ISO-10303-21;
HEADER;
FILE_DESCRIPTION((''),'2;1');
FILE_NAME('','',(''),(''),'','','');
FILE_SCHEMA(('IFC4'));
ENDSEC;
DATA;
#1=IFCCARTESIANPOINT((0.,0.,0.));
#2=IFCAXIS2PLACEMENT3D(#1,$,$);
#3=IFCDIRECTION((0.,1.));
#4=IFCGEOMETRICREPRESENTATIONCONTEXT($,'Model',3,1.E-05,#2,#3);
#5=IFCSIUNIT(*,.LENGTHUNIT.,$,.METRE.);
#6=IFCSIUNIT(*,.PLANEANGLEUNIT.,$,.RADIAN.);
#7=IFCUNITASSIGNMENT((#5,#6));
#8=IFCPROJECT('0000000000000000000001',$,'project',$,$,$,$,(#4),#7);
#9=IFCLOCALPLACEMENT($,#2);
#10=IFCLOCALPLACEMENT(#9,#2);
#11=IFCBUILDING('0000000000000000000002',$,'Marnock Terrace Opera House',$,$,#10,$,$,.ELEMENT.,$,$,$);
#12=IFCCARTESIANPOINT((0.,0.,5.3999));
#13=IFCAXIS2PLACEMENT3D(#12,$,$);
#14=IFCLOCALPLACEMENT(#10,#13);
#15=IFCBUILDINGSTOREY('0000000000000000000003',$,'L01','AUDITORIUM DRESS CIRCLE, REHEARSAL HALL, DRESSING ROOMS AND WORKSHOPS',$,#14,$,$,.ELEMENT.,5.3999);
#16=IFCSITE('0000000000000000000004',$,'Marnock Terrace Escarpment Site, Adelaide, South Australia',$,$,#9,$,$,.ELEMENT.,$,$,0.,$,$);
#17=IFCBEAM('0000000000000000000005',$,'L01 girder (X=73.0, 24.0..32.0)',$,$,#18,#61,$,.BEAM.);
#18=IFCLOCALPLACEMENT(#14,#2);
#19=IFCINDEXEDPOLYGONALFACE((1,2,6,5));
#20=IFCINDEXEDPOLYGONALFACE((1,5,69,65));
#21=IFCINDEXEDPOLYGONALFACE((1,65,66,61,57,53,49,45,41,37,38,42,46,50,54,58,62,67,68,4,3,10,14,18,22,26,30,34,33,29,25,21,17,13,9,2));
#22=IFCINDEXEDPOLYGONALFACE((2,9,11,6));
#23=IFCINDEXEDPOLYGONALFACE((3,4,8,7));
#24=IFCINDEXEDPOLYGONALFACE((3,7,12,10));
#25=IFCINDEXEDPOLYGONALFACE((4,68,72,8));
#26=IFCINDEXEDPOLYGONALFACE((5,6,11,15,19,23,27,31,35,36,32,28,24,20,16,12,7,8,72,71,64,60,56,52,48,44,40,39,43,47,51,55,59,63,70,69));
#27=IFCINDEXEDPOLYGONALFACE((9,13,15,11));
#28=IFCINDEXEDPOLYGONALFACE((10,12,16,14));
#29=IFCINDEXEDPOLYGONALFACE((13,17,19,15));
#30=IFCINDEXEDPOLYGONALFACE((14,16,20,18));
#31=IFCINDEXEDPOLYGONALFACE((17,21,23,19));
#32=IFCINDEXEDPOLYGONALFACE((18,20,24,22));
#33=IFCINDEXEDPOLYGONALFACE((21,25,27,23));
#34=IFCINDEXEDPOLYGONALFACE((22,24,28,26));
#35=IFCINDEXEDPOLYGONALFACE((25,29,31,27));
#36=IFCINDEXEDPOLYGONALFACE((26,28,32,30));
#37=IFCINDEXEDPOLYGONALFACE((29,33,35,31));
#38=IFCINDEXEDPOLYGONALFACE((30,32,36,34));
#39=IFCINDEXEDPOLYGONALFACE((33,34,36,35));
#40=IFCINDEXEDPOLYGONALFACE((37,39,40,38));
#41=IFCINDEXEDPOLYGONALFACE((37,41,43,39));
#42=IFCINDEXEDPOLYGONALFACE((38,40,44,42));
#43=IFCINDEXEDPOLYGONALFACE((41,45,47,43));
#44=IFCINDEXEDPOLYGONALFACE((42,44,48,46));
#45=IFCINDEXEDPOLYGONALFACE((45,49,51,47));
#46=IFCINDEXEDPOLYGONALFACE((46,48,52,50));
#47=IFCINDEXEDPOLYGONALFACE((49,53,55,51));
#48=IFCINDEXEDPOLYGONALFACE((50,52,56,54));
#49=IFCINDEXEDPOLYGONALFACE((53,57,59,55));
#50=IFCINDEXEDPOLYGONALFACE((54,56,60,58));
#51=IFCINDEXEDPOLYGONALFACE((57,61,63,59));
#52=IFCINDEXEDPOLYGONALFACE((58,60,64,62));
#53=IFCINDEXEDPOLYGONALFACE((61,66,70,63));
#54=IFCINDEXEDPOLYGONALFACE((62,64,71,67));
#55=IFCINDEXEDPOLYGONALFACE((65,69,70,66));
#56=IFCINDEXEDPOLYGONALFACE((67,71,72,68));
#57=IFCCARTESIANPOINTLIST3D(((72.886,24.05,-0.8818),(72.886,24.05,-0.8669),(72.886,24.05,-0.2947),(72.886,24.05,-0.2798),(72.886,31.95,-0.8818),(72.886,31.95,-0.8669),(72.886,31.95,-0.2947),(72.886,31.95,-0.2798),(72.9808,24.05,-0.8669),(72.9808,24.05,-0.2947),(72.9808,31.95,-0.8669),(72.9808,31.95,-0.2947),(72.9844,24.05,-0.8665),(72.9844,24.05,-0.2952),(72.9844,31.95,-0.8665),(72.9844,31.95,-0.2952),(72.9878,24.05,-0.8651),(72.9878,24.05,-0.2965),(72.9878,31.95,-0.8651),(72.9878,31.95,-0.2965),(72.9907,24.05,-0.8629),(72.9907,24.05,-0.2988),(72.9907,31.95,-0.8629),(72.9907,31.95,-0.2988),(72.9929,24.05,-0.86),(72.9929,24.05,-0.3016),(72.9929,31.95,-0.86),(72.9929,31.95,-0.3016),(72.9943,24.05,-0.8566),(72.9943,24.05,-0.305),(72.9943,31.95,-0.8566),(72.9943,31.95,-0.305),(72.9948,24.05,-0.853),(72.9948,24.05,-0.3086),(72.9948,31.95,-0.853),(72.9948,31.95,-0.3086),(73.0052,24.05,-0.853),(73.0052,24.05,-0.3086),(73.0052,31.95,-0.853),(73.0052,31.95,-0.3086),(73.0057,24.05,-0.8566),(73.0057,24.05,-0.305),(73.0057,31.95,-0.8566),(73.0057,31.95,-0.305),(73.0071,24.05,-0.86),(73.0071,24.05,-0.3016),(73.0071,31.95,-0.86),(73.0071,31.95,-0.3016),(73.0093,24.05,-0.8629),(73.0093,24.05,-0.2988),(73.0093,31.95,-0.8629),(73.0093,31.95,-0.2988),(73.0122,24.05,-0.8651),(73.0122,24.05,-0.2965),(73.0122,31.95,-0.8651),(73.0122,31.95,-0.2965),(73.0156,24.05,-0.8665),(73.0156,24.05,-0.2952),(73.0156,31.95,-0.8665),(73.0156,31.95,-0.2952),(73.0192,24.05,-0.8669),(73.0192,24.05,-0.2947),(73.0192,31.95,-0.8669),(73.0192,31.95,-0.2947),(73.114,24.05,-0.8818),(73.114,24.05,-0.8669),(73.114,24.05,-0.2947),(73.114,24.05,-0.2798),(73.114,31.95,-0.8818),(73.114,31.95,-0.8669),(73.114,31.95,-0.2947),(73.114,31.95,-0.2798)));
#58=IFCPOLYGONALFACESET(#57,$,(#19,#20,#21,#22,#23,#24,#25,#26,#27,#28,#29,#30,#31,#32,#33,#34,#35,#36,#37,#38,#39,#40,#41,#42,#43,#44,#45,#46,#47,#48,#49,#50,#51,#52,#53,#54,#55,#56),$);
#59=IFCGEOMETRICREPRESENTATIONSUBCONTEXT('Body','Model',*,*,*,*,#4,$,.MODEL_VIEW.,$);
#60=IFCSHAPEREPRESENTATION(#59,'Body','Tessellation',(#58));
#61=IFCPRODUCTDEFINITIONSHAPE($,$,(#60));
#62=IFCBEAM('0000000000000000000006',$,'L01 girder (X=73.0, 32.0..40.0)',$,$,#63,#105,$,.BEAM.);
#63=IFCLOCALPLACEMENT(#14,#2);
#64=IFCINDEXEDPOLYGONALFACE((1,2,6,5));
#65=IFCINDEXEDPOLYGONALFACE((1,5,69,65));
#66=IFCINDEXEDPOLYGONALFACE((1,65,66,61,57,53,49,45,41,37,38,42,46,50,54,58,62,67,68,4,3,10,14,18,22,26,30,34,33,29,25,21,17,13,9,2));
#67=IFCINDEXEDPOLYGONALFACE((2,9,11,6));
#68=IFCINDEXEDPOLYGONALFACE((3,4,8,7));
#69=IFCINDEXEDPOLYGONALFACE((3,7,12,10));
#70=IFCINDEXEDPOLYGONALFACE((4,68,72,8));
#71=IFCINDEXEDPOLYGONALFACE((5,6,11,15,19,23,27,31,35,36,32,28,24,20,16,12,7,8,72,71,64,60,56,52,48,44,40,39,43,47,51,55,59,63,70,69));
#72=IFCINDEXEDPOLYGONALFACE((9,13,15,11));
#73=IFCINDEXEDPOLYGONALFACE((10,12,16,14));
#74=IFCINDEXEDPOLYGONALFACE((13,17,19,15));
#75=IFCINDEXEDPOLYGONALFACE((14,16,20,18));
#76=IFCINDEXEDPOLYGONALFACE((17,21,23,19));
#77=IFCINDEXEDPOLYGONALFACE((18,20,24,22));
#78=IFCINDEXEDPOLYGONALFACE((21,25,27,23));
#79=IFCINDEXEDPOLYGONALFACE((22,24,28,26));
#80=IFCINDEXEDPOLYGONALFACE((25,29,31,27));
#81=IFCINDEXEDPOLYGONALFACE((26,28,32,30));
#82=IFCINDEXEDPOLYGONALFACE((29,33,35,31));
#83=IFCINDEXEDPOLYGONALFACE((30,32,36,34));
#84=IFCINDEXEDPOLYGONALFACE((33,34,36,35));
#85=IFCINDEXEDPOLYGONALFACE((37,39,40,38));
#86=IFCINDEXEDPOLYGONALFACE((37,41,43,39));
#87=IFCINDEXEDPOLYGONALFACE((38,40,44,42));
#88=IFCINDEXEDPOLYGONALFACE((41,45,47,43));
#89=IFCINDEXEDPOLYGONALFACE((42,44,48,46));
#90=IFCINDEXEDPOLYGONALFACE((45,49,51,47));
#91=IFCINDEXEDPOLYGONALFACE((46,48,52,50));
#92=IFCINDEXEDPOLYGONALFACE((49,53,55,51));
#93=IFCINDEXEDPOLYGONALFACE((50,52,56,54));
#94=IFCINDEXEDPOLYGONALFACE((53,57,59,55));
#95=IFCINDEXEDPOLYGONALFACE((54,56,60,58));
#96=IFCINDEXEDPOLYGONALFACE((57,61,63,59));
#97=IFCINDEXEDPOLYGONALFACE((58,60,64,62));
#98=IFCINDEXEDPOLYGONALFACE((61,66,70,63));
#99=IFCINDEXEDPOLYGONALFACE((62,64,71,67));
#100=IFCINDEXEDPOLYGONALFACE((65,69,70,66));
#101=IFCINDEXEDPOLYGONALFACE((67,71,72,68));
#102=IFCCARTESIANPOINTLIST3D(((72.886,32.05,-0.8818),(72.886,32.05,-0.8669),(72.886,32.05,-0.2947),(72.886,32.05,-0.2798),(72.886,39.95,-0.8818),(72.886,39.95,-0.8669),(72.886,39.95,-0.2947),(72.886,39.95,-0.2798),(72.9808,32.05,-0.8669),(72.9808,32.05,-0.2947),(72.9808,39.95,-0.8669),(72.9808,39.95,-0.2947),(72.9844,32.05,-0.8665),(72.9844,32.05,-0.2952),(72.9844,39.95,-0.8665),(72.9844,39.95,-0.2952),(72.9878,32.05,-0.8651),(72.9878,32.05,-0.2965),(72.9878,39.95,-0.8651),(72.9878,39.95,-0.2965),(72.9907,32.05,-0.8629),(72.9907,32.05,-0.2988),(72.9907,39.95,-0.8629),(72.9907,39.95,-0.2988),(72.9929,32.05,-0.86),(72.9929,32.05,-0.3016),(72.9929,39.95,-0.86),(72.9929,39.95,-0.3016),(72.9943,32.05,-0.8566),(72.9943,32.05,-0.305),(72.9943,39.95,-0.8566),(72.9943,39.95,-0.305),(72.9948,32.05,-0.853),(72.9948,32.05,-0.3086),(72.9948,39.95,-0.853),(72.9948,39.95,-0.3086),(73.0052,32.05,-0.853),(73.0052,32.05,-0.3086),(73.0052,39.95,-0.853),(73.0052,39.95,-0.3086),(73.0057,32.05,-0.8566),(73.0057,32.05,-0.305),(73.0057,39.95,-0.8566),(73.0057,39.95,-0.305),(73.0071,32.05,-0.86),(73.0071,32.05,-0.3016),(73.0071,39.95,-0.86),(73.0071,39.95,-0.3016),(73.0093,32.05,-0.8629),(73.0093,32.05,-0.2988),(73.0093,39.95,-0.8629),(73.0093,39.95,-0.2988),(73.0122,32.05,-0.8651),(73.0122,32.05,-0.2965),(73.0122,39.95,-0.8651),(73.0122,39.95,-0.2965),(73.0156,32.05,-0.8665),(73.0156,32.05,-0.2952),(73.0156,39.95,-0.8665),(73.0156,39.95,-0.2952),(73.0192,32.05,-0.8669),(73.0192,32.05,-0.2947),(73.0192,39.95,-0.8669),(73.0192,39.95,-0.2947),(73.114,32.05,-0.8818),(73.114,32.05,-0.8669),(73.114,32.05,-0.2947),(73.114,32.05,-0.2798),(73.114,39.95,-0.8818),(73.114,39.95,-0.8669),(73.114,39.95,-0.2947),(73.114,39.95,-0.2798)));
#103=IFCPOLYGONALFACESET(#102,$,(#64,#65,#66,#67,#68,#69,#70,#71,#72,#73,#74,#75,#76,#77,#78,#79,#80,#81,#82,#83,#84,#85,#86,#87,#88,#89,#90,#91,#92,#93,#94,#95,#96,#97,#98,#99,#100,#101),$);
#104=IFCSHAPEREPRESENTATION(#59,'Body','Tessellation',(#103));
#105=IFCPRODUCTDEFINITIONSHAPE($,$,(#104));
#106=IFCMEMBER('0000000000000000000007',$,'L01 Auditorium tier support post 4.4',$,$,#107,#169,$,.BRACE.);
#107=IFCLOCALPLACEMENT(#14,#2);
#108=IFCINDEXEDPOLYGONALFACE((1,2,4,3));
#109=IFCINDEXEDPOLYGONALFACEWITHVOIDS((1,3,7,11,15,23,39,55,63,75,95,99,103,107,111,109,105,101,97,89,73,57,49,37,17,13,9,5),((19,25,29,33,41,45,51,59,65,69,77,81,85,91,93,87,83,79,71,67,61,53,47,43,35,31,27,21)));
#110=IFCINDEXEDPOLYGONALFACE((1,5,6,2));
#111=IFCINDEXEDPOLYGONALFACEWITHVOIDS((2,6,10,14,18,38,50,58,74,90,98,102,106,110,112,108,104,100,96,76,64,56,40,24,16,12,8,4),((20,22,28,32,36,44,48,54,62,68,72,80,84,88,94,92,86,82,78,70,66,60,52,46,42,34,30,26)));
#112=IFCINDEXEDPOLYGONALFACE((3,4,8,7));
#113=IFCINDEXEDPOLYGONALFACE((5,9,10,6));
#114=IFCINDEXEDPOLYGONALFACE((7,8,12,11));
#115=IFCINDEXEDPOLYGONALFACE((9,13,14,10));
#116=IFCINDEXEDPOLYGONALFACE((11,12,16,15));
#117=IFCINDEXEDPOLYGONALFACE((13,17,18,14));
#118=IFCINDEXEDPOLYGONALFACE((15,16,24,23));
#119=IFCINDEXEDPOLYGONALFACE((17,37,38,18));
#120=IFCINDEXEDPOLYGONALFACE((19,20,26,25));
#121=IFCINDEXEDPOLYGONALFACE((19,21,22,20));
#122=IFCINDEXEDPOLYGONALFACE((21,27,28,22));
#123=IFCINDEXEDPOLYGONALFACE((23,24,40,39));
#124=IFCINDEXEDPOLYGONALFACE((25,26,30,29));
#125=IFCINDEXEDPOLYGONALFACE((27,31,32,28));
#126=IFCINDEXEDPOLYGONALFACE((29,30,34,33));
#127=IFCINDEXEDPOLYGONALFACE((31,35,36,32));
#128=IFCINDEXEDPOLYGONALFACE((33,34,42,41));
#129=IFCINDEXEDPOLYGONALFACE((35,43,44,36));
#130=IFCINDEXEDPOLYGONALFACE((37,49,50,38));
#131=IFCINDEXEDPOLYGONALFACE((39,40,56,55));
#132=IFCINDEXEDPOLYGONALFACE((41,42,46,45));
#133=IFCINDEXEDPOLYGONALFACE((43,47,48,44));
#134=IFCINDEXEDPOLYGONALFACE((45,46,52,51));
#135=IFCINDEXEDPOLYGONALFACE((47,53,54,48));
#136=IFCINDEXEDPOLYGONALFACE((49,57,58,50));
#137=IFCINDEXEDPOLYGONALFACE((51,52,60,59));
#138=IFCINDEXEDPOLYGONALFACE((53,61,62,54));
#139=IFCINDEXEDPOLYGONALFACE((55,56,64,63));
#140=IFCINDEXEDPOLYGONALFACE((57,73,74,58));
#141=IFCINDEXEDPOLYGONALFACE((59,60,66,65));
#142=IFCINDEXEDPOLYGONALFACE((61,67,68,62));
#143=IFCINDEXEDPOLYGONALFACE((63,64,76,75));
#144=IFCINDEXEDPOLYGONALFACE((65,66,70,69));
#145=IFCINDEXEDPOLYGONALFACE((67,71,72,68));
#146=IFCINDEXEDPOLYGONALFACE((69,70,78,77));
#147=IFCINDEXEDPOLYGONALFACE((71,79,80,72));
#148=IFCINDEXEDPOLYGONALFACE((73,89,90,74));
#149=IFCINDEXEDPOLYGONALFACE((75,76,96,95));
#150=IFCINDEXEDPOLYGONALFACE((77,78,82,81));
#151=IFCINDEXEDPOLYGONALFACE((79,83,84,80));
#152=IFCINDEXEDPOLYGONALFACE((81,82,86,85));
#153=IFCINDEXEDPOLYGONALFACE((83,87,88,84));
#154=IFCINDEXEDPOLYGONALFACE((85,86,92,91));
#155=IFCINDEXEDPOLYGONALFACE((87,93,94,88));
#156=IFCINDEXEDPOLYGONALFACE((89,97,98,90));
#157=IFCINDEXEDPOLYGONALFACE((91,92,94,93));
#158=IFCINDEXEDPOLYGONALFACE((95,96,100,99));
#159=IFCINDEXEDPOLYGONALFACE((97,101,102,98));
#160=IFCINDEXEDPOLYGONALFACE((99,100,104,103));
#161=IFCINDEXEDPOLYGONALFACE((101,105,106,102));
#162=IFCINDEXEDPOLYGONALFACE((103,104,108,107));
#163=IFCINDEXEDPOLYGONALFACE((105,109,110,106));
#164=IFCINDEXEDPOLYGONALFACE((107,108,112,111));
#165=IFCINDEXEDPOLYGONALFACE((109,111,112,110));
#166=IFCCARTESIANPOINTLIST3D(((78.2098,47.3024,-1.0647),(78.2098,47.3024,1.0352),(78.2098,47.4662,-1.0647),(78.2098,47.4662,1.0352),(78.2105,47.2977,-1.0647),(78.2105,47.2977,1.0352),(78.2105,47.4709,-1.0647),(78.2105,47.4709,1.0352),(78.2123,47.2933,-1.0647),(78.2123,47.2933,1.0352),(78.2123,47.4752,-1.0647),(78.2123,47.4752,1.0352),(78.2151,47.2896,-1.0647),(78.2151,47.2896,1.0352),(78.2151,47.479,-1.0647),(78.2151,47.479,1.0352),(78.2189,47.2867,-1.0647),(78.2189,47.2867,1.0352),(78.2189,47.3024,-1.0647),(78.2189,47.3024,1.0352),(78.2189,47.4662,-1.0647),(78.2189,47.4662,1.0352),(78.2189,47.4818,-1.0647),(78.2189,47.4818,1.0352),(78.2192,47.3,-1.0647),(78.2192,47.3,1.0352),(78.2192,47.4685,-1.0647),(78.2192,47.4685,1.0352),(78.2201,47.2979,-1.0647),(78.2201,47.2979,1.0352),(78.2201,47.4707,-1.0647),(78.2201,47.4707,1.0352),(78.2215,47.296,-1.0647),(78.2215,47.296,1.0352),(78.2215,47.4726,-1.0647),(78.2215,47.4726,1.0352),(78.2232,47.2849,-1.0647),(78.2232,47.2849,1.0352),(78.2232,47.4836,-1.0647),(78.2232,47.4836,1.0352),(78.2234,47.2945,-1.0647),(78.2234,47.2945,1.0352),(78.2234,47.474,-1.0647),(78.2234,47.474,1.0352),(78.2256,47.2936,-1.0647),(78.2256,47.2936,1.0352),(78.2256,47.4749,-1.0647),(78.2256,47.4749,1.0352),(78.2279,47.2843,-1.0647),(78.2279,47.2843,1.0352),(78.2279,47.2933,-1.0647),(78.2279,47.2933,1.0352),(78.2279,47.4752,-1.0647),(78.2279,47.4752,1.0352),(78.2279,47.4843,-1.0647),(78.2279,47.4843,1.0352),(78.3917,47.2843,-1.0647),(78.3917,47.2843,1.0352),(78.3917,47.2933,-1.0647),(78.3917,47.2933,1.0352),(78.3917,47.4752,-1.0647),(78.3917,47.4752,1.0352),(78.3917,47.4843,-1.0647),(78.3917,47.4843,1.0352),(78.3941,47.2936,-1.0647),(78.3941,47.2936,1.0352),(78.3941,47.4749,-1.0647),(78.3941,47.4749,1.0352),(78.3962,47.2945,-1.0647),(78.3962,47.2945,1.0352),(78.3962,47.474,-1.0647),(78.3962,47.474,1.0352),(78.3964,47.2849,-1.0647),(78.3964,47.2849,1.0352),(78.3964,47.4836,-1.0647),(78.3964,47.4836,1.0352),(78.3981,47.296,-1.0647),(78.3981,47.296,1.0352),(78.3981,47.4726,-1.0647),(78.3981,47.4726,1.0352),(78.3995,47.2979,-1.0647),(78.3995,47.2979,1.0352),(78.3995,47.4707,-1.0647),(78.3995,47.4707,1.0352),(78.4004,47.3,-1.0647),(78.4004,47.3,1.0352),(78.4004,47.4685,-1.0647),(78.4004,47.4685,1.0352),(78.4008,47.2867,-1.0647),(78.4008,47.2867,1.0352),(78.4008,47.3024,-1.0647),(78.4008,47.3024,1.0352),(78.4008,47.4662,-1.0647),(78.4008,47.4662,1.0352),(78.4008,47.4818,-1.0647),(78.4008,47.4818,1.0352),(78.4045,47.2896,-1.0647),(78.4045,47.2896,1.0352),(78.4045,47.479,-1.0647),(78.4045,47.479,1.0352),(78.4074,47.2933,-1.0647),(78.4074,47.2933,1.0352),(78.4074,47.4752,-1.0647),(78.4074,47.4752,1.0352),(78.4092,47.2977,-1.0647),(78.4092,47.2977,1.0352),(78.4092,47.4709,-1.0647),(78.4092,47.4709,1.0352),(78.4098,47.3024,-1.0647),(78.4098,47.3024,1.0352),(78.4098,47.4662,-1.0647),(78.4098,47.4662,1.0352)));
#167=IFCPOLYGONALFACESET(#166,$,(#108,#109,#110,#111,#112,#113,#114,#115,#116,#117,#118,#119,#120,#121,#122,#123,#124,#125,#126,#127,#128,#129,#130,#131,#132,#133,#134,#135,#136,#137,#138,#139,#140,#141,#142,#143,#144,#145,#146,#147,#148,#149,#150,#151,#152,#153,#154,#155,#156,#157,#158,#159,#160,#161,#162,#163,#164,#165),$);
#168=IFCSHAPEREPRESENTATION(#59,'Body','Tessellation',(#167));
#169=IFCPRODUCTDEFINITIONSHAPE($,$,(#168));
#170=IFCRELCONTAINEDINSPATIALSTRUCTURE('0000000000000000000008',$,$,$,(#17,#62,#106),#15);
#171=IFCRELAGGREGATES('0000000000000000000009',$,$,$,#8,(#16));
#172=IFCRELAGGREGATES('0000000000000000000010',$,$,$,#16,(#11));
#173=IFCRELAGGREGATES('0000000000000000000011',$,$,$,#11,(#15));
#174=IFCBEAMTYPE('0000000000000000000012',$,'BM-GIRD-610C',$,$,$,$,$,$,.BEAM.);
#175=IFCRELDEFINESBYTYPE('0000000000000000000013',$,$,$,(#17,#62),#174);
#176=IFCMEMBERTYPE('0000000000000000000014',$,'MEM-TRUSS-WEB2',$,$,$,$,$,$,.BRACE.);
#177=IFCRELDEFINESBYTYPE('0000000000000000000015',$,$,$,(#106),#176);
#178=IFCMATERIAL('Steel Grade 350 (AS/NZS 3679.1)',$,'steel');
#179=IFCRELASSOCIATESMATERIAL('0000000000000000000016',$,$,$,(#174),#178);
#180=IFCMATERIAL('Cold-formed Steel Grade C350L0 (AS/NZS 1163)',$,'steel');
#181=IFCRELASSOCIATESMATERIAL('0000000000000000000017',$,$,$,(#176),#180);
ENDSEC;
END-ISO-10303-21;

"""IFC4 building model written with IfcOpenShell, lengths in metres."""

from ifc_helpers import new_model, si_unit, direction, frame, origin, origin_2d, place, context, subcontext, project, spatial, hollow_rectangle, i_section, extrude, material, material_profile, profile_set, type_object, element, save


model = new_model("IFC4")

# Units and contexts
model_context = context("Model", 3, precision=1e-05, world=origin(), true_north=direction((0.0, 1.0)))
body_context = subcontext(model_context, "Body", "Model", "MODEL_VIEW")
ifc_project = project(units=[si_unit("LENGTHUNIT", "METRE"), si_unit("PLANEANGLEUNIT", "RADIAN")], contexts=[model_context])

# Site, building, storey
site_placement = place(None, origin())
site = spatial("IfcSite", under=ifc_project, at=site_placement, Name="Marnock Terrace Escarpment Site, Adelaide, South Australia", CompositionType="ELEMENT", RefElevation=0.0)
building_placement = place(site_placement, origin())
building = spatial("IfcBuilding", under=site, at=building_placement, Name="Marnock Terrace Opera House", CompositionType="ELEMENT")
storey_placement = place(building_placement, frame((0.0, 0.0, 5.3999)))
storey = spatial("IfcBuildingStorey", under=building, at=storey_placement, Name="L01", Description="AUDITORIUM DRESS CIRCLE, REHEARSAL HALL, DRESSING ROOMS AND WORKSHOPS", CompositionType="ELEMENT", Elevation=5.3999)

# Beams
ifc_material_1 = material(Name="Steel Grade 350 (AS/NZS 3679.1)", Category="steel")
ifc_material_profile_1 = material_profile(ifc_material_1, i_section(OverallWidth=0.228, OverallDepth=0.6021, WebThickness=0.0105, FlangeThickness=0.0149, FilletRadius=0.0139, at=origin_2d()))
ifc_profile_set_1 = profile_set([ifc_material_profile_1], Name="Steel Grade 350 (AS/NZS 3679.1)")
beam_type_1 = type_object("IfcBeamType", Name="BM-GIRD-610C", PredefinedType="BEAM", material=ifc_profile_set_1)
for number, where, z_axis, x_axis, name in (
    (1, (73.0, 24.05, -0.5808), (0.0, 1.0, 0.0), (-1.0, 0.0, 0.0), "L01 girder (X=73.0, 24.0..32.0)"),
    (2, (73.0, 32.05, -0.5808), (0.0, 1.0, 0.0), (-1.0, 0.0, 0.0), "L01 girder (X=73.0, 32.0..40.0)"),
):
    element("IfcBeam", number, at=place(storey_placement, frame(where, z_axis=z_axis, x_axis=x_axis)), inside=storey, type_object=beam_type_1, Name=name, PredefinedType="BEAM", context=body_context, shape_type="SweptSolid", body=[
        extrude(i_section(OverallWidth=0.228, OverallDepth=0.6021, WebThickness=0.0105, FlangeThickness=0.0149, FilletRadius=0.0139, at=origin_2d()), origin(), (0.0, 0.0, 1.0), 7.8999),
    ])

# Member
ifc_material_2 = material(Name="Cold-formed Steel Grade C350L0 (AS/NZS 1163)", Category="steel")
ifc_material_profile_2 = material_profile(ifc_material_2, hollow_rectangle(XDim=0.2, YDim=0.2, WallThickness=0.009, InnerFilletRadius=0.009, OuterFilletRadius=0.0181, at=origin_2d()))
ifc_profile_set_2 = profile_set([ifc_material_profile_2], Name="Cold-formed Steel Grade C350L0 (AS/NZS 1163)")
member_type = type_object("IfcMemberType", Name="MEM-TRUSS-WEB2", PredefinedType="BRACE", material=ifc_profile_set_2)
member_1_placement = place(storey_placement, frame((78.3098, 47.3843, -1.0647), z_axis=(0.0, 0.0, 1.0), x_axis=(1.0, 0.0, 0.0)))
element("IfcMember", 3, at=member_1_placement, inside=storey, type_object=member_type, Name="L01 Auditorium tier support post 4.4", PredefinedType="BRACE", context=body_context, shape_type="SweptSolid", body=[
    extrude(hollow_rectangle(XDim=0.2, YDim=0.2, WallThickness=0.009, InnerFilletRadius=0.009, OuterFilletRadius=0.0181, at=origin_2d()), origin(), (0.0, 0.0, 1.0), 2.0999),
])

save(model, "model.ifc")
